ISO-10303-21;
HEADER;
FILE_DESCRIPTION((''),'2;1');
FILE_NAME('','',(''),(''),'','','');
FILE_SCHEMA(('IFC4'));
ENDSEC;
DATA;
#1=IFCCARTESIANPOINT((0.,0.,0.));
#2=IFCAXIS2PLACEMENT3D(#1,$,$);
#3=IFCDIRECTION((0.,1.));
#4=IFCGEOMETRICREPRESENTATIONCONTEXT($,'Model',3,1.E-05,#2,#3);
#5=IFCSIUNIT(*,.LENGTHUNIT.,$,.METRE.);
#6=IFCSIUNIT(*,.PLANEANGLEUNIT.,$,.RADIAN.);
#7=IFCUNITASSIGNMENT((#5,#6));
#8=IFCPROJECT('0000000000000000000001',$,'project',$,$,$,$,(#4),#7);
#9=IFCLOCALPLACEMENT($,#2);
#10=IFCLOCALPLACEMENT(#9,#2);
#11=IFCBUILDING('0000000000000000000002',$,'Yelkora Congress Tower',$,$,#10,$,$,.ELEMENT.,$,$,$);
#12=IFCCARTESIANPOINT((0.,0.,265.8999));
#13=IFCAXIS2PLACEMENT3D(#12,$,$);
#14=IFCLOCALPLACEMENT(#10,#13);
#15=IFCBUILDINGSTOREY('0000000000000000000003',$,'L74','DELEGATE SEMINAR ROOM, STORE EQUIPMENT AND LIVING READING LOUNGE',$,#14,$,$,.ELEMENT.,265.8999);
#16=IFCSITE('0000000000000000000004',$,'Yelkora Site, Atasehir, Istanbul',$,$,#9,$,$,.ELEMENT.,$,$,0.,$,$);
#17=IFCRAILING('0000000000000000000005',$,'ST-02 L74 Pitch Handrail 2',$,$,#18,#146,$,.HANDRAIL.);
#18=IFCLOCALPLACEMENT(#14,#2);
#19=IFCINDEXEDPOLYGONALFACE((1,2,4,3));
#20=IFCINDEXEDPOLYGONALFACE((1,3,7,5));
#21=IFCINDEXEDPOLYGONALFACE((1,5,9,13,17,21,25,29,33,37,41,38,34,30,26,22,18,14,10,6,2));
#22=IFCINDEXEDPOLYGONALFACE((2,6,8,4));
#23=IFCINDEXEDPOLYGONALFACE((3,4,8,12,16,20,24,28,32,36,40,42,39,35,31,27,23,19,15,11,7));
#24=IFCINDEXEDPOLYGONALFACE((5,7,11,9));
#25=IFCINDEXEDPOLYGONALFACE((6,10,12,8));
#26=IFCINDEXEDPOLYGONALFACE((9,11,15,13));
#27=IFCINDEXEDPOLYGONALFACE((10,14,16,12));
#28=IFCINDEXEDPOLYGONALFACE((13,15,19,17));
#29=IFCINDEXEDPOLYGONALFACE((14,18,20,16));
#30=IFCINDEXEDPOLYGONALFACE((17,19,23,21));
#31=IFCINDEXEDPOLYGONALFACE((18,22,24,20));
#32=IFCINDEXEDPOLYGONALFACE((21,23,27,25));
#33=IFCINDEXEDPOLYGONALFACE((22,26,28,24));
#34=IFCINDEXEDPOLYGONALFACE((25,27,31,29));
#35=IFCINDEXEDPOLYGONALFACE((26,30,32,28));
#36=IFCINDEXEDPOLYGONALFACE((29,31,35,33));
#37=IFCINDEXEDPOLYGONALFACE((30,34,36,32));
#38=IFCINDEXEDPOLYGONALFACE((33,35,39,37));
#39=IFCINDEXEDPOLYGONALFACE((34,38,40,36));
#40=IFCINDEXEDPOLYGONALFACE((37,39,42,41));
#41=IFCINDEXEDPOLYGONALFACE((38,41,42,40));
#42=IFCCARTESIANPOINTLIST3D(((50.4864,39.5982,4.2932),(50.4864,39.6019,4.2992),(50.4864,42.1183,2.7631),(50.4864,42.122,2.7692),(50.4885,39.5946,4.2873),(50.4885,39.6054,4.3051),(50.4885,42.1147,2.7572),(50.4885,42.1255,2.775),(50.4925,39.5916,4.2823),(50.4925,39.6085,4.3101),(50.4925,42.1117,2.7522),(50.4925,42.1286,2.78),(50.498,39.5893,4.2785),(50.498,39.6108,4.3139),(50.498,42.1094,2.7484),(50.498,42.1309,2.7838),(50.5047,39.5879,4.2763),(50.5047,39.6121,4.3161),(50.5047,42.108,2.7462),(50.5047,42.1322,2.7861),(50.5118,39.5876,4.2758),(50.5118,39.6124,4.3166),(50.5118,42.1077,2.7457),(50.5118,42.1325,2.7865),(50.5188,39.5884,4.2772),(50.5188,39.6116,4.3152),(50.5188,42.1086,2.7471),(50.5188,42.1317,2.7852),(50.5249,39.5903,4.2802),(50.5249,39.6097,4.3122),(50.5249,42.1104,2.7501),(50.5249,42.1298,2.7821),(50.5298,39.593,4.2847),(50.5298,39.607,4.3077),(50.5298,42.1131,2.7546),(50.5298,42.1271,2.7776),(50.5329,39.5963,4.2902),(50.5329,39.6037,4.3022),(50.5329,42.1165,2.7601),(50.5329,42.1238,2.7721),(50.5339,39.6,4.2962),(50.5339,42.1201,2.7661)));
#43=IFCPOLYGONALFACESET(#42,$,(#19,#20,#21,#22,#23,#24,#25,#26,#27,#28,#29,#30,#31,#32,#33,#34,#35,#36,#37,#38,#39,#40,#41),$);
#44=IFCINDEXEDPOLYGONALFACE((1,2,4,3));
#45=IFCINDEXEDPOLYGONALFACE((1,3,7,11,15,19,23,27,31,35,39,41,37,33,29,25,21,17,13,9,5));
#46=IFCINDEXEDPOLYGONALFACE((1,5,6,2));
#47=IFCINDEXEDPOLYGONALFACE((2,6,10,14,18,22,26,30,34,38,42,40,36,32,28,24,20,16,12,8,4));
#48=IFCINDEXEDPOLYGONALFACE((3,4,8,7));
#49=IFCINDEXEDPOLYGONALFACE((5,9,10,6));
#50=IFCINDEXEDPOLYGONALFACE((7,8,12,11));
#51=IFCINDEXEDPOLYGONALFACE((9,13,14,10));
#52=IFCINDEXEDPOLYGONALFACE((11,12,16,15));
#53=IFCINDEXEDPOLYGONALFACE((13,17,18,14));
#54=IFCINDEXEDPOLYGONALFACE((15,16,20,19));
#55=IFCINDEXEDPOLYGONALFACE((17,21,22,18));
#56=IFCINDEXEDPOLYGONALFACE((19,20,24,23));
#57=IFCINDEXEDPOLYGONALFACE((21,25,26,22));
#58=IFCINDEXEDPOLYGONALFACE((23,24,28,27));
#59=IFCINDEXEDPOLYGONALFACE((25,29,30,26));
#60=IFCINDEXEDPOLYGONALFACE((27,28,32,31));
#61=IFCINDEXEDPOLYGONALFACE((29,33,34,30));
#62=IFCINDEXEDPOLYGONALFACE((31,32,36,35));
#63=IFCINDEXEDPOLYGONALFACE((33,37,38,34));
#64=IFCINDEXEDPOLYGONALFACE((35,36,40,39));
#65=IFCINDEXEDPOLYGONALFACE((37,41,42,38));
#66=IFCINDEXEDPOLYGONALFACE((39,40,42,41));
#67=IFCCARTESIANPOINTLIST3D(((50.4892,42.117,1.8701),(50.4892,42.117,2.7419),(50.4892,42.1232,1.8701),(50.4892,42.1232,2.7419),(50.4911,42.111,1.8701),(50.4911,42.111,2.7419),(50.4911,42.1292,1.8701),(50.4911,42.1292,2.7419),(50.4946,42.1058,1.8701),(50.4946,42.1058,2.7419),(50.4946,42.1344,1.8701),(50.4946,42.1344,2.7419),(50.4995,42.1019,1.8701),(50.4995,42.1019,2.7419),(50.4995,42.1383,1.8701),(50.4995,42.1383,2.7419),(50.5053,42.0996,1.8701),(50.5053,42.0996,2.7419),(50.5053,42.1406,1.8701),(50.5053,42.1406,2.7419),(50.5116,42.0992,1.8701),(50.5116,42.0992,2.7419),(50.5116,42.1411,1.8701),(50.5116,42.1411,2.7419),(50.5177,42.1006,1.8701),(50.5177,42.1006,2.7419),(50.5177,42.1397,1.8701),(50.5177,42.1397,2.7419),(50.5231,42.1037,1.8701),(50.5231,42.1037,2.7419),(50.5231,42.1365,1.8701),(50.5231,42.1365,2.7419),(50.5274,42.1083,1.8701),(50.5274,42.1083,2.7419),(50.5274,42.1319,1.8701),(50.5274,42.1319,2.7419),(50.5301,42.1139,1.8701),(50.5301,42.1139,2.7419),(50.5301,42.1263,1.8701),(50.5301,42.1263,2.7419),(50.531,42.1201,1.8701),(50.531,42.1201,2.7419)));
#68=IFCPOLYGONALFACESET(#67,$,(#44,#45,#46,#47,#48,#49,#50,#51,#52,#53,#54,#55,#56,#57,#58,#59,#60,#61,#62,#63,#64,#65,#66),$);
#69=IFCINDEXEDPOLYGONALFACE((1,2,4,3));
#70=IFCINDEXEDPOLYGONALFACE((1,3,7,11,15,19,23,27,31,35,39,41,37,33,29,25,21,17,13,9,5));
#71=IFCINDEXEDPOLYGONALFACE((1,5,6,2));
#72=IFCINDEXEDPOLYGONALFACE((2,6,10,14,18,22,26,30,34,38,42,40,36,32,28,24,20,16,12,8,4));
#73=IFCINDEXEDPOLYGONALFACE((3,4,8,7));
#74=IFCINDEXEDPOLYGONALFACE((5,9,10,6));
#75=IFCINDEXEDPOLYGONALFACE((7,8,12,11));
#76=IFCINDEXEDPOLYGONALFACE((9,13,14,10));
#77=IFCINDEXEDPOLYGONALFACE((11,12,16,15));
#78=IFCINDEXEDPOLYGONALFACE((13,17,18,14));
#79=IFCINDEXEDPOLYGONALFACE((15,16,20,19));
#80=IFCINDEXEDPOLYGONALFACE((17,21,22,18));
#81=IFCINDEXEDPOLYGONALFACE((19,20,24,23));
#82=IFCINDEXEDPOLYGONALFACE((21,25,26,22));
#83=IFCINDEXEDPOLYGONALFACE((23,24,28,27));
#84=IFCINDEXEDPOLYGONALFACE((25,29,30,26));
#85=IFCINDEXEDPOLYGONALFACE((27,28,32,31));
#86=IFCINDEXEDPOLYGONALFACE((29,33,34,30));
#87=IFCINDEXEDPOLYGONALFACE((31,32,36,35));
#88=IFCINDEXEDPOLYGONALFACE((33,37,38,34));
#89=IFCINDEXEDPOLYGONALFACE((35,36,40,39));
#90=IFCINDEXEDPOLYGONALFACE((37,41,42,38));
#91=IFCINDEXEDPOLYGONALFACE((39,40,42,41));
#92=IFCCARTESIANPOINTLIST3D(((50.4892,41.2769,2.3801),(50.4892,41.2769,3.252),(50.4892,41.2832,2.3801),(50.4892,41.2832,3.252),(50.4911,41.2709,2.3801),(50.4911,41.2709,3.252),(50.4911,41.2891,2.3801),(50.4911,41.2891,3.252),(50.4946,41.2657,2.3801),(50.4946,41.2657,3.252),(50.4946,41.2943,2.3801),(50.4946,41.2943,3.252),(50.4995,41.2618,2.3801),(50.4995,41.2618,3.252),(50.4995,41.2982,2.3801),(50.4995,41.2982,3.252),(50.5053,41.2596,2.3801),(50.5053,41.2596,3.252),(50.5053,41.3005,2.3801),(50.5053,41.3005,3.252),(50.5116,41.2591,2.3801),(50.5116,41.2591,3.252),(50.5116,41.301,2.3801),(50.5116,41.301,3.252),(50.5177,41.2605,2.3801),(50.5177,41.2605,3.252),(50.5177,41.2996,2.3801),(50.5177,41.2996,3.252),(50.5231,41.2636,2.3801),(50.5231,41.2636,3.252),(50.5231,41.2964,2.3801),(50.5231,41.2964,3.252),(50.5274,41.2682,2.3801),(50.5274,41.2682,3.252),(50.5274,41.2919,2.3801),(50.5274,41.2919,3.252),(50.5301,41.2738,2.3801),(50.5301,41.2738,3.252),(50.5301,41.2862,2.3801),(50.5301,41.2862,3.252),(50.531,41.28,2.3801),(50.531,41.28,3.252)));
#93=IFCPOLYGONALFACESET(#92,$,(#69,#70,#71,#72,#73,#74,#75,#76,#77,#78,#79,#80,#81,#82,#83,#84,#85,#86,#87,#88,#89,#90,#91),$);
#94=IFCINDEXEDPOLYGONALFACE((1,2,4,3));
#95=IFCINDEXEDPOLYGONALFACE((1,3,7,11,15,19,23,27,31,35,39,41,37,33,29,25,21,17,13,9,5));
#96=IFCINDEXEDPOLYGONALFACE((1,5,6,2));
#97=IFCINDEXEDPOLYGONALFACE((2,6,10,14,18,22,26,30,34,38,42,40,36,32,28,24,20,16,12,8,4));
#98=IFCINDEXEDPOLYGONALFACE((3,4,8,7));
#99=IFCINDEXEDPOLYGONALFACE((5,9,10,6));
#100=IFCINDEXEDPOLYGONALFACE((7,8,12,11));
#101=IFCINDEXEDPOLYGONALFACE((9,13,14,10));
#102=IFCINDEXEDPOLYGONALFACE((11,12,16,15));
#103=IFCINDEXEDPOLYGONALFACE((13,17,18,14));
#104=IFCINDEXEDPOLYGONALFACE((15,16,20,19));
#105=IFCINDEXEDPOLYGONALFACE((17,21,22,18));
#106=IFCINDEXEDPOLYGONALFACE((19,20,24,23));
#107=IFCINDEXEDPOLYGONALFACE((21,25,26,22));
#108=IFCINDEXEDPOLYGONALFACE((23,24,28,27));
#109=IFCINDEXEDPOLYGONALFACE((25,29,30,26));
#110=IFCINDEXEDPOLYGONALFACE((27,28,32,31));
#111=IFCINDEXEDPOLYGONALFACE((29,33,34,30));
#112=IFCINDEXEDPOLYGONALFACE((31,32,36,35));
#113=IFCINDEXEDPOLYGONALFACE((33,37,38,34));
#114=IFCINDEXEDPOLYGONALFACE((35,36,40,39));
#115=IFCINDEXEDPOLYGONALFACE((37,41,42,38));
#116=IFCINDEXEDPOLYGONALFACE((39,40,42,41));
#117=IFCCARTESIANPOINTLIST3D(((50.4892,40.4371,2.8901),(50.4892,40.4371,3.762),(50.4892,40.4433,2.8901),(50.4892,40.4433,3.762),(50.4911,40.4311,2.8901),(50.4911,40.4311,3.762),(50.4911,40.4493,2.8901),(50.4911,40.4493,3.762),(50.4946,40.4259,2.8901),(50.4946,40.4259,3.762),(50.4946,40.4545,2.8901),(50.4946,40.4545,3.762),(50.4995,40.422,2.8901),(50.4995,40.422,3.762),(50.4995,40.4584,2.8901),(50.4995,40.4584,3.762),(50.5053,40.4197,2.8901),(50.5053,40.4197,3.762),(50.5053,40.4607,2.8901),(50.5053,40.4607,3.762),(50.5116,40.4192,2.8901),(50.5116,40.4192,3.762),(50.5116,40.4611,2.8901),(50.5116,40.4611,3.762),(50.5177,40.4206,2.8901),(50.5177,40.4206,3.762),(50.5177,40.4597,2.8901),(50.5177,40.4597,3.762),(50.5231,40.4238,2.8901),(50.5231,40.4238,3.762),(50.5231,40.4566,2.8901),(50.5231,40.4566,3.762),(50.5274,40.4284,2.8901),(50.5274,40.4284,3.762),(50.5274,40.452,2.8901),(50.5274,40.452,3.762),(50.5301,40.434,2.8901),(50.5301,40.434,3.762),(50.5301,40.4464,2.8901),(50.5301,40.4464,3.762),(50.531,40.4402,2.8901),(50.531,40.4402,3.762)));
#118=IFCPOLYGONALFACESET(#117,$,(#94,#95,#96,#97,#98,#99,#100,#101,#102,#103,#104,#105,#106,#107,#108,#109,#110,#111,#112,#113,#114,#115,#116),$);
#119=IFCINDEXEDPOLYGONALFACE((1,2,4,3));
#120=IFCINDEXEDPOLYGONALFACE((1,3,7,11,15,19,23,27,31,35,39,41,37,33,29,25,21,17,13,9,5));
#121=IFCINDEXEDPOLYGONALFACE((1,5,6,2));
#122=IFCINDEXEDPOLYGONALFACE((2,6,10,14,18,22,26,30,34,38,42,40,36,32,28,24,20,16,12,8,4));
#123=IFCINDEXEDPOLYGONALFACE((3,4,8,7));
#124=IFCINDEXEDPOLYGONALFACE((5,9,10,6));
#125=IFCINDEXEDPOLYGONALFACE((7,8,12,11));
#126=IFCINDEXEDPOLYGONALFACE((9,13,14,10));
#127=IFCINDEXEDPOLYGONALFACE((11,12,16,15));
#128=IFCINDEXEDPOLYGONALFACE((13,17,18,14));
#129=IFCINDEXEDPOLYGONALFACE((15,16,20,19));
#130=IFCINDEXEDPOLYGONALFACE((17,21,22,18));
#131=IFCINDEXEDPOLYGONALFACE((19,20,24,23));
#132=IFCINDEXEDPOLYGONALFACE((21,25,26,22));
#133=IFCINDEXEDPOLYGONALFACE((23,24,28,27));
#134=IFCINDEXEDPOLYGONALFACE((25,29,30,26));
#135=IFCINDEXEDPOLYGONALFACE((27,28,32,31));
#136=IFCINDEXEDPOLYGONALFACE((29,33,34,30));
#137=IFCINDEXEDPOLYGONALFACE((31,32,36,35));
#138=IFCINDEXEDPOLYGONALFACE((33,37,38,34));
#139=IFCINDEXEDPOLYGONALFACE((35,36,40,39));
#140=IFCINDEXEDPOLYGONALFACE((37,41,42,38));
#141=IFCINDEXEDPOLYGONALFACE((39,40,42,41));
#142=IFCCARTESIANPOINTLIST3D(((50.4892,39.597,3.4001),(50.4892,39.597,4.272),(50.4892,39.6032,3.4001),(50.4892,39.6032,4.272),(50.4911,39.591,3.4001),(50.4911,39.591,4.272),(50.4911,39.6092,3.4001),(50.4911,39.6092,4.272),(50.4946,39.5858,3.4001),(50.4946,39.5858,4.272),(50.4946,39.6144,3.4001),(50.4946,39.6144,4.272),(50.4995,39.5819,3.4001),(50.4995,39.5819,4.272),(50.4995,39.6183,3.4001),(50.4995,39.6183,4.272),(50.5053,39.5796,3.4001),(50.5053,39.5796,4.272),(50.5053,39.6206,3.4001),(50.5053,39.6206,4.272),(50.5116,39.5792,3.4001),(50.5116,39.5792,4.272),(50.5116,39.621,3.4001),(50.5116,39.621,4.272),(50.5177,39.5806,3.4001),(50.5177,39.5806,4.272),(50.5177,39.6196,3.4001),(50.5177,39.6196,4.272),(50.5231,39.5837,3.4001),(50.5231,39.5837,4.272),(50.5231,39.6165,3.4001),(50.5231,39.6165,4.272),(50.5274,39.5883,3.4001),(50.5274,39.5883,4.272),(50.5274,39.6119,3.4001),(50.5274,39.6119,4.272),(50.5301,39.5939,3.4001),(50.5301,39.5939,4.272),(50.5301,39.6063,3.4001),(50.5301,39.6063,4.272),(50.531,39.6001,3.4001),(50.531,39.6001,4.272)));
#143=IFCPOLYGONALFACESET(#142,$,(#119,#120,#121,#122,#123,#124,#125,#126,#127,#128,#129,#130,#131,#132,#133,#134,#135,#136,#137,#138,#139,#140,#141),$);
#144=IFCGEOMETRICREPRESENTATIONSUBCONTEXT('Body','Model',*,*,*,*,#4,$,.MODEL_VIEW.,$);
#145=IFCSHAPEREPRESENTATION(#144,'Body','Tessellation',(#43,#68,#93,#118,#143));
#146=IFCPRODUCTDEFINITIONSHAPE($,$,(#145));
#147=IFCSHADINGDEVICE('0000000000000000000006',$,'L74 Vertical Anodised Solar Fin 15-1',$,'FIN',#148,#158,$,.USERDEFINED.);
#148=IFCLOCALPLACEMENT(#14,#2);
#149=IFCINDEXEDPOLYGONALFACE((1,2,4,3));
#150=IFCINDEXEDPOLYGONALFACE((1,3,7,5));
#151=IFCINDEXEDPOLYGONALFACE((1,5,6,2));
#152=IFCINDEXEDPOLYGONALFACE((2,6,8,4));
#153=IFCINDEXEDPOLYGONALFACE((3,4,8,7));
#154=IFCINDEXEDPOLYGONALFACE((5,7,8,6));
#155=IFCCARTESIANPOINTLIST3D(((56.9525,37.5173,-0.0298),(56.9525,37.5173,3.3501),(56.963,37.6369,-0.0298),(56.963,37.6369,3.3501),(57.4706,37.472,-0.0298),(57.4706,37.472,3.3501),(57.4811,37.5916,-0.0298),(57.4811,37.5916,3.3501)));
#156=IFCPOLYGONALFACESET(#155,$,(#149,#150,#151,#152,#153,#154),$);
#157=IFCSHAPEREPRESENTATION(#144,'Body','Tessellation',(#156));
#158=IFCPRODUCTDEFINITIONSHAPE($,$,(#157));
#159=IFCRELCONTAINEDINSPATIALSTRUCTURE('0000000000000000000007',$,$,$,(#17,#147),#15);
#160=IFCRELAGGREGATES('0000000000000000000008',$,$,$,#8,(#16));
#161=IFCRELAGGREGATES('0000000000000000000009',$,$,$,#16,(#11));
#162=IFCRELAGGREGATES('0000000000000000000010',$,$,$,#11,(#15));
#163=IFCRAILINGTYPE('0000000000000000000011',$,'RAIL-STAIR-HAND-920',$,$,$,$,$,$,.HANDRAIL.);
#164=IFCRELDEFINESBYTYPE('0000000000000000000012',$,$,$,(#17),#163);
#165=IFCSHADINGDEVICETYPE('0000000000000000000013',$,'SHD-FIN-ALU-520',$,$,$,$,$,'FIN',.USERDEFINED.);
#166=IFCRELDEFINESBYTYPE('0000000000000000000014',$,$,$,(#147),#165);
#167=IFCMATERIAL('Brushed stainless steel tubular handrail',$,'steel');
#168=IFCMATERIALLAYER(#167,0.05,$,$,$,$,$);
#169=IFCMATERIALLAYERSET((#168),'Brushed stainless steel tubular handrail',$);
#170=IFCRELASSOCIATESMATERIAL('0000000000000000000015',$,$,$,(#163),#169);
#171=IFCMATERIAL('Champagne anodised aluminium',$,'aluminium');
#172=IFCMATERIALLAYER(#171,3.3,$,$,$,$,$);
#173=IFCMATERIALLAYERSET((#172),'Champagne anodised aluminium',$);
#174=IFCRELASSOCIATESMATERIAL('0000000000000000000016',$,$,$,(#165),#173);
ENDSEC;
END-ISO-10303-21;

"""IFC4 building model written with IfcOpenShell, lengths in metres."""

from ifc_helpers import new_model, si_unit, direction, frame, origin, origin_2d, place, context, subcontext, project, spatial, rectangle, circle, extrude, material, layer, layer_set, type_object, element, save


model = new_model("IFC4")

# Units and contexts
model_context = context("Model", 3, precision=1e-05, world=origin(), true_north=direction((0.0, 1.0)))
body_context = subcontext(model_context, "Body", "Model", "MODEL_VIEW")
ifc_project = project(units=[si_unit("LENGTHUNIT", "METRE"), si_unit("PLANEANGLEUNIT", "RADIAN")], contexts=[model_context])

# Site, building, storey
site_placement = place(None, origin())
site = spatial("IfcSite", under=ifc_project, at=site_placement, Name="Yelkora Site, Atasehir, Istanbul", CompositionType="ELEMENT", RefElevation=0.0)
building_placement = place(site_placement, origin())
building = spatial("IfcBuilding", under=site, at=building_placement, Name="Yelkora Congress Tower", CompositionType="ELEMENT")
storey_placement = place(building_placement, frame((0.0, 0.0, 265.8999)))
storey = spatial("IfcBuildingStorey", under=building, at=storey_placement, Name="L74", Description="DELEGATE SEMINAR ROOM, STORE EQUIPMENT AND LIVING READING LOUNGE", CompositionType="ELEMENT", Elevation=265.8999)

# Railing
ifc_material_1 = material(Name="Brushed stainless steel tubular handrail", Category="steel")
ifc_layer_1 = layer(ifc_material_1, 0.05)
ifc_layer_set_1 = layer_set([ifc_layer_1], Name="Brushed stainless steel tubular handrail")
railing_type_1 = type_object("IfcRailingType", Name="RAIL-STAIR-HAND-920", PredefinedType="HANDRAIL", material=ifc_layer_set_1)
railing_1_placement = place(storey_placement, frame((50.51, 42.1201, 1.8701)))
element("IfcRailing", 1, at=railing_1_placement, inside=storey, type_object=railing_type_1, Name="ST-02 L74 Pitch Handrail 2", PredefinedType="HANDRAIL", context=body_context, shape_type="SweptSolid", body=[
    extrude(circle(Radius=0.0239, at=origin_2d()), frame((0.0, 0.0, 0.896), z_axis=(0.0, -0.854785, 0.518982), x_axis=(1.0, 0.0, 0.0)), (0.0, 0.0, 1.0), 2.9482),
    extrude(circle(Radius=0.021, at=origin_2d()), origin(), (0.0, 0.0, 1.0), 0.8718),
    extrude(circle(Radius=0.021, at=origin_2d()), frame((0.0, -0.8401, 0.51)), (0.0, 0.0, 1.0), 0.8718),
    extrude(circle(Radius=0.021, at=origin_2d()), frame((0.0, -1.6799, 1.02)), (0.0, 0.0, 1.0), 0.8718),
    extrude(circle(Radius=0.021, at=origin_2d()), frame((0.0, -2.52, 1.53)), (0.0, 0.0, 1.0), 0.8718),
])

# Shading device
ifc_material_2 = material(Name="Champagne anodised aluminium", Category="aluminium")
ifc_layer_2 = layer(ifc_material_2, 3.3)
ifc_layer_set_2 = layer_set([ifc_layer_2], Name="Champagne anodised aluminium")
shading_device_type = type_object("IfcShadingDeviceType", Name="SHD-FIN-ALU-520", ElementType="FIN", PredefinedType="USERDEFINED", material=ifc_layer_set_2)
shading_device_placement = place(storey_placement, frame((57.2168, 37.5544, -0.0298), z_axis=(0.0, 0.0, 1.0), x_axis=(-0.087156, -0.996195, 0.0)))
element("IfcShadingDevice", 2, at=shading_device_placement, inside=storey, type_object=shading_device_type, Name="L74 Vertical Anodised Solar Fin 15-1", ObjectType="FIN", PredefinedType="USERDEFINED", context=body_context, shape_type="SweptSolid", body=[
    extrude(rectangle(XDim=0.1201, YDim=0.52, at=origin_2d()), origin(), (0.0, 0.0, 1.0), 3.3799),
])

save(model, "model.ifc")
